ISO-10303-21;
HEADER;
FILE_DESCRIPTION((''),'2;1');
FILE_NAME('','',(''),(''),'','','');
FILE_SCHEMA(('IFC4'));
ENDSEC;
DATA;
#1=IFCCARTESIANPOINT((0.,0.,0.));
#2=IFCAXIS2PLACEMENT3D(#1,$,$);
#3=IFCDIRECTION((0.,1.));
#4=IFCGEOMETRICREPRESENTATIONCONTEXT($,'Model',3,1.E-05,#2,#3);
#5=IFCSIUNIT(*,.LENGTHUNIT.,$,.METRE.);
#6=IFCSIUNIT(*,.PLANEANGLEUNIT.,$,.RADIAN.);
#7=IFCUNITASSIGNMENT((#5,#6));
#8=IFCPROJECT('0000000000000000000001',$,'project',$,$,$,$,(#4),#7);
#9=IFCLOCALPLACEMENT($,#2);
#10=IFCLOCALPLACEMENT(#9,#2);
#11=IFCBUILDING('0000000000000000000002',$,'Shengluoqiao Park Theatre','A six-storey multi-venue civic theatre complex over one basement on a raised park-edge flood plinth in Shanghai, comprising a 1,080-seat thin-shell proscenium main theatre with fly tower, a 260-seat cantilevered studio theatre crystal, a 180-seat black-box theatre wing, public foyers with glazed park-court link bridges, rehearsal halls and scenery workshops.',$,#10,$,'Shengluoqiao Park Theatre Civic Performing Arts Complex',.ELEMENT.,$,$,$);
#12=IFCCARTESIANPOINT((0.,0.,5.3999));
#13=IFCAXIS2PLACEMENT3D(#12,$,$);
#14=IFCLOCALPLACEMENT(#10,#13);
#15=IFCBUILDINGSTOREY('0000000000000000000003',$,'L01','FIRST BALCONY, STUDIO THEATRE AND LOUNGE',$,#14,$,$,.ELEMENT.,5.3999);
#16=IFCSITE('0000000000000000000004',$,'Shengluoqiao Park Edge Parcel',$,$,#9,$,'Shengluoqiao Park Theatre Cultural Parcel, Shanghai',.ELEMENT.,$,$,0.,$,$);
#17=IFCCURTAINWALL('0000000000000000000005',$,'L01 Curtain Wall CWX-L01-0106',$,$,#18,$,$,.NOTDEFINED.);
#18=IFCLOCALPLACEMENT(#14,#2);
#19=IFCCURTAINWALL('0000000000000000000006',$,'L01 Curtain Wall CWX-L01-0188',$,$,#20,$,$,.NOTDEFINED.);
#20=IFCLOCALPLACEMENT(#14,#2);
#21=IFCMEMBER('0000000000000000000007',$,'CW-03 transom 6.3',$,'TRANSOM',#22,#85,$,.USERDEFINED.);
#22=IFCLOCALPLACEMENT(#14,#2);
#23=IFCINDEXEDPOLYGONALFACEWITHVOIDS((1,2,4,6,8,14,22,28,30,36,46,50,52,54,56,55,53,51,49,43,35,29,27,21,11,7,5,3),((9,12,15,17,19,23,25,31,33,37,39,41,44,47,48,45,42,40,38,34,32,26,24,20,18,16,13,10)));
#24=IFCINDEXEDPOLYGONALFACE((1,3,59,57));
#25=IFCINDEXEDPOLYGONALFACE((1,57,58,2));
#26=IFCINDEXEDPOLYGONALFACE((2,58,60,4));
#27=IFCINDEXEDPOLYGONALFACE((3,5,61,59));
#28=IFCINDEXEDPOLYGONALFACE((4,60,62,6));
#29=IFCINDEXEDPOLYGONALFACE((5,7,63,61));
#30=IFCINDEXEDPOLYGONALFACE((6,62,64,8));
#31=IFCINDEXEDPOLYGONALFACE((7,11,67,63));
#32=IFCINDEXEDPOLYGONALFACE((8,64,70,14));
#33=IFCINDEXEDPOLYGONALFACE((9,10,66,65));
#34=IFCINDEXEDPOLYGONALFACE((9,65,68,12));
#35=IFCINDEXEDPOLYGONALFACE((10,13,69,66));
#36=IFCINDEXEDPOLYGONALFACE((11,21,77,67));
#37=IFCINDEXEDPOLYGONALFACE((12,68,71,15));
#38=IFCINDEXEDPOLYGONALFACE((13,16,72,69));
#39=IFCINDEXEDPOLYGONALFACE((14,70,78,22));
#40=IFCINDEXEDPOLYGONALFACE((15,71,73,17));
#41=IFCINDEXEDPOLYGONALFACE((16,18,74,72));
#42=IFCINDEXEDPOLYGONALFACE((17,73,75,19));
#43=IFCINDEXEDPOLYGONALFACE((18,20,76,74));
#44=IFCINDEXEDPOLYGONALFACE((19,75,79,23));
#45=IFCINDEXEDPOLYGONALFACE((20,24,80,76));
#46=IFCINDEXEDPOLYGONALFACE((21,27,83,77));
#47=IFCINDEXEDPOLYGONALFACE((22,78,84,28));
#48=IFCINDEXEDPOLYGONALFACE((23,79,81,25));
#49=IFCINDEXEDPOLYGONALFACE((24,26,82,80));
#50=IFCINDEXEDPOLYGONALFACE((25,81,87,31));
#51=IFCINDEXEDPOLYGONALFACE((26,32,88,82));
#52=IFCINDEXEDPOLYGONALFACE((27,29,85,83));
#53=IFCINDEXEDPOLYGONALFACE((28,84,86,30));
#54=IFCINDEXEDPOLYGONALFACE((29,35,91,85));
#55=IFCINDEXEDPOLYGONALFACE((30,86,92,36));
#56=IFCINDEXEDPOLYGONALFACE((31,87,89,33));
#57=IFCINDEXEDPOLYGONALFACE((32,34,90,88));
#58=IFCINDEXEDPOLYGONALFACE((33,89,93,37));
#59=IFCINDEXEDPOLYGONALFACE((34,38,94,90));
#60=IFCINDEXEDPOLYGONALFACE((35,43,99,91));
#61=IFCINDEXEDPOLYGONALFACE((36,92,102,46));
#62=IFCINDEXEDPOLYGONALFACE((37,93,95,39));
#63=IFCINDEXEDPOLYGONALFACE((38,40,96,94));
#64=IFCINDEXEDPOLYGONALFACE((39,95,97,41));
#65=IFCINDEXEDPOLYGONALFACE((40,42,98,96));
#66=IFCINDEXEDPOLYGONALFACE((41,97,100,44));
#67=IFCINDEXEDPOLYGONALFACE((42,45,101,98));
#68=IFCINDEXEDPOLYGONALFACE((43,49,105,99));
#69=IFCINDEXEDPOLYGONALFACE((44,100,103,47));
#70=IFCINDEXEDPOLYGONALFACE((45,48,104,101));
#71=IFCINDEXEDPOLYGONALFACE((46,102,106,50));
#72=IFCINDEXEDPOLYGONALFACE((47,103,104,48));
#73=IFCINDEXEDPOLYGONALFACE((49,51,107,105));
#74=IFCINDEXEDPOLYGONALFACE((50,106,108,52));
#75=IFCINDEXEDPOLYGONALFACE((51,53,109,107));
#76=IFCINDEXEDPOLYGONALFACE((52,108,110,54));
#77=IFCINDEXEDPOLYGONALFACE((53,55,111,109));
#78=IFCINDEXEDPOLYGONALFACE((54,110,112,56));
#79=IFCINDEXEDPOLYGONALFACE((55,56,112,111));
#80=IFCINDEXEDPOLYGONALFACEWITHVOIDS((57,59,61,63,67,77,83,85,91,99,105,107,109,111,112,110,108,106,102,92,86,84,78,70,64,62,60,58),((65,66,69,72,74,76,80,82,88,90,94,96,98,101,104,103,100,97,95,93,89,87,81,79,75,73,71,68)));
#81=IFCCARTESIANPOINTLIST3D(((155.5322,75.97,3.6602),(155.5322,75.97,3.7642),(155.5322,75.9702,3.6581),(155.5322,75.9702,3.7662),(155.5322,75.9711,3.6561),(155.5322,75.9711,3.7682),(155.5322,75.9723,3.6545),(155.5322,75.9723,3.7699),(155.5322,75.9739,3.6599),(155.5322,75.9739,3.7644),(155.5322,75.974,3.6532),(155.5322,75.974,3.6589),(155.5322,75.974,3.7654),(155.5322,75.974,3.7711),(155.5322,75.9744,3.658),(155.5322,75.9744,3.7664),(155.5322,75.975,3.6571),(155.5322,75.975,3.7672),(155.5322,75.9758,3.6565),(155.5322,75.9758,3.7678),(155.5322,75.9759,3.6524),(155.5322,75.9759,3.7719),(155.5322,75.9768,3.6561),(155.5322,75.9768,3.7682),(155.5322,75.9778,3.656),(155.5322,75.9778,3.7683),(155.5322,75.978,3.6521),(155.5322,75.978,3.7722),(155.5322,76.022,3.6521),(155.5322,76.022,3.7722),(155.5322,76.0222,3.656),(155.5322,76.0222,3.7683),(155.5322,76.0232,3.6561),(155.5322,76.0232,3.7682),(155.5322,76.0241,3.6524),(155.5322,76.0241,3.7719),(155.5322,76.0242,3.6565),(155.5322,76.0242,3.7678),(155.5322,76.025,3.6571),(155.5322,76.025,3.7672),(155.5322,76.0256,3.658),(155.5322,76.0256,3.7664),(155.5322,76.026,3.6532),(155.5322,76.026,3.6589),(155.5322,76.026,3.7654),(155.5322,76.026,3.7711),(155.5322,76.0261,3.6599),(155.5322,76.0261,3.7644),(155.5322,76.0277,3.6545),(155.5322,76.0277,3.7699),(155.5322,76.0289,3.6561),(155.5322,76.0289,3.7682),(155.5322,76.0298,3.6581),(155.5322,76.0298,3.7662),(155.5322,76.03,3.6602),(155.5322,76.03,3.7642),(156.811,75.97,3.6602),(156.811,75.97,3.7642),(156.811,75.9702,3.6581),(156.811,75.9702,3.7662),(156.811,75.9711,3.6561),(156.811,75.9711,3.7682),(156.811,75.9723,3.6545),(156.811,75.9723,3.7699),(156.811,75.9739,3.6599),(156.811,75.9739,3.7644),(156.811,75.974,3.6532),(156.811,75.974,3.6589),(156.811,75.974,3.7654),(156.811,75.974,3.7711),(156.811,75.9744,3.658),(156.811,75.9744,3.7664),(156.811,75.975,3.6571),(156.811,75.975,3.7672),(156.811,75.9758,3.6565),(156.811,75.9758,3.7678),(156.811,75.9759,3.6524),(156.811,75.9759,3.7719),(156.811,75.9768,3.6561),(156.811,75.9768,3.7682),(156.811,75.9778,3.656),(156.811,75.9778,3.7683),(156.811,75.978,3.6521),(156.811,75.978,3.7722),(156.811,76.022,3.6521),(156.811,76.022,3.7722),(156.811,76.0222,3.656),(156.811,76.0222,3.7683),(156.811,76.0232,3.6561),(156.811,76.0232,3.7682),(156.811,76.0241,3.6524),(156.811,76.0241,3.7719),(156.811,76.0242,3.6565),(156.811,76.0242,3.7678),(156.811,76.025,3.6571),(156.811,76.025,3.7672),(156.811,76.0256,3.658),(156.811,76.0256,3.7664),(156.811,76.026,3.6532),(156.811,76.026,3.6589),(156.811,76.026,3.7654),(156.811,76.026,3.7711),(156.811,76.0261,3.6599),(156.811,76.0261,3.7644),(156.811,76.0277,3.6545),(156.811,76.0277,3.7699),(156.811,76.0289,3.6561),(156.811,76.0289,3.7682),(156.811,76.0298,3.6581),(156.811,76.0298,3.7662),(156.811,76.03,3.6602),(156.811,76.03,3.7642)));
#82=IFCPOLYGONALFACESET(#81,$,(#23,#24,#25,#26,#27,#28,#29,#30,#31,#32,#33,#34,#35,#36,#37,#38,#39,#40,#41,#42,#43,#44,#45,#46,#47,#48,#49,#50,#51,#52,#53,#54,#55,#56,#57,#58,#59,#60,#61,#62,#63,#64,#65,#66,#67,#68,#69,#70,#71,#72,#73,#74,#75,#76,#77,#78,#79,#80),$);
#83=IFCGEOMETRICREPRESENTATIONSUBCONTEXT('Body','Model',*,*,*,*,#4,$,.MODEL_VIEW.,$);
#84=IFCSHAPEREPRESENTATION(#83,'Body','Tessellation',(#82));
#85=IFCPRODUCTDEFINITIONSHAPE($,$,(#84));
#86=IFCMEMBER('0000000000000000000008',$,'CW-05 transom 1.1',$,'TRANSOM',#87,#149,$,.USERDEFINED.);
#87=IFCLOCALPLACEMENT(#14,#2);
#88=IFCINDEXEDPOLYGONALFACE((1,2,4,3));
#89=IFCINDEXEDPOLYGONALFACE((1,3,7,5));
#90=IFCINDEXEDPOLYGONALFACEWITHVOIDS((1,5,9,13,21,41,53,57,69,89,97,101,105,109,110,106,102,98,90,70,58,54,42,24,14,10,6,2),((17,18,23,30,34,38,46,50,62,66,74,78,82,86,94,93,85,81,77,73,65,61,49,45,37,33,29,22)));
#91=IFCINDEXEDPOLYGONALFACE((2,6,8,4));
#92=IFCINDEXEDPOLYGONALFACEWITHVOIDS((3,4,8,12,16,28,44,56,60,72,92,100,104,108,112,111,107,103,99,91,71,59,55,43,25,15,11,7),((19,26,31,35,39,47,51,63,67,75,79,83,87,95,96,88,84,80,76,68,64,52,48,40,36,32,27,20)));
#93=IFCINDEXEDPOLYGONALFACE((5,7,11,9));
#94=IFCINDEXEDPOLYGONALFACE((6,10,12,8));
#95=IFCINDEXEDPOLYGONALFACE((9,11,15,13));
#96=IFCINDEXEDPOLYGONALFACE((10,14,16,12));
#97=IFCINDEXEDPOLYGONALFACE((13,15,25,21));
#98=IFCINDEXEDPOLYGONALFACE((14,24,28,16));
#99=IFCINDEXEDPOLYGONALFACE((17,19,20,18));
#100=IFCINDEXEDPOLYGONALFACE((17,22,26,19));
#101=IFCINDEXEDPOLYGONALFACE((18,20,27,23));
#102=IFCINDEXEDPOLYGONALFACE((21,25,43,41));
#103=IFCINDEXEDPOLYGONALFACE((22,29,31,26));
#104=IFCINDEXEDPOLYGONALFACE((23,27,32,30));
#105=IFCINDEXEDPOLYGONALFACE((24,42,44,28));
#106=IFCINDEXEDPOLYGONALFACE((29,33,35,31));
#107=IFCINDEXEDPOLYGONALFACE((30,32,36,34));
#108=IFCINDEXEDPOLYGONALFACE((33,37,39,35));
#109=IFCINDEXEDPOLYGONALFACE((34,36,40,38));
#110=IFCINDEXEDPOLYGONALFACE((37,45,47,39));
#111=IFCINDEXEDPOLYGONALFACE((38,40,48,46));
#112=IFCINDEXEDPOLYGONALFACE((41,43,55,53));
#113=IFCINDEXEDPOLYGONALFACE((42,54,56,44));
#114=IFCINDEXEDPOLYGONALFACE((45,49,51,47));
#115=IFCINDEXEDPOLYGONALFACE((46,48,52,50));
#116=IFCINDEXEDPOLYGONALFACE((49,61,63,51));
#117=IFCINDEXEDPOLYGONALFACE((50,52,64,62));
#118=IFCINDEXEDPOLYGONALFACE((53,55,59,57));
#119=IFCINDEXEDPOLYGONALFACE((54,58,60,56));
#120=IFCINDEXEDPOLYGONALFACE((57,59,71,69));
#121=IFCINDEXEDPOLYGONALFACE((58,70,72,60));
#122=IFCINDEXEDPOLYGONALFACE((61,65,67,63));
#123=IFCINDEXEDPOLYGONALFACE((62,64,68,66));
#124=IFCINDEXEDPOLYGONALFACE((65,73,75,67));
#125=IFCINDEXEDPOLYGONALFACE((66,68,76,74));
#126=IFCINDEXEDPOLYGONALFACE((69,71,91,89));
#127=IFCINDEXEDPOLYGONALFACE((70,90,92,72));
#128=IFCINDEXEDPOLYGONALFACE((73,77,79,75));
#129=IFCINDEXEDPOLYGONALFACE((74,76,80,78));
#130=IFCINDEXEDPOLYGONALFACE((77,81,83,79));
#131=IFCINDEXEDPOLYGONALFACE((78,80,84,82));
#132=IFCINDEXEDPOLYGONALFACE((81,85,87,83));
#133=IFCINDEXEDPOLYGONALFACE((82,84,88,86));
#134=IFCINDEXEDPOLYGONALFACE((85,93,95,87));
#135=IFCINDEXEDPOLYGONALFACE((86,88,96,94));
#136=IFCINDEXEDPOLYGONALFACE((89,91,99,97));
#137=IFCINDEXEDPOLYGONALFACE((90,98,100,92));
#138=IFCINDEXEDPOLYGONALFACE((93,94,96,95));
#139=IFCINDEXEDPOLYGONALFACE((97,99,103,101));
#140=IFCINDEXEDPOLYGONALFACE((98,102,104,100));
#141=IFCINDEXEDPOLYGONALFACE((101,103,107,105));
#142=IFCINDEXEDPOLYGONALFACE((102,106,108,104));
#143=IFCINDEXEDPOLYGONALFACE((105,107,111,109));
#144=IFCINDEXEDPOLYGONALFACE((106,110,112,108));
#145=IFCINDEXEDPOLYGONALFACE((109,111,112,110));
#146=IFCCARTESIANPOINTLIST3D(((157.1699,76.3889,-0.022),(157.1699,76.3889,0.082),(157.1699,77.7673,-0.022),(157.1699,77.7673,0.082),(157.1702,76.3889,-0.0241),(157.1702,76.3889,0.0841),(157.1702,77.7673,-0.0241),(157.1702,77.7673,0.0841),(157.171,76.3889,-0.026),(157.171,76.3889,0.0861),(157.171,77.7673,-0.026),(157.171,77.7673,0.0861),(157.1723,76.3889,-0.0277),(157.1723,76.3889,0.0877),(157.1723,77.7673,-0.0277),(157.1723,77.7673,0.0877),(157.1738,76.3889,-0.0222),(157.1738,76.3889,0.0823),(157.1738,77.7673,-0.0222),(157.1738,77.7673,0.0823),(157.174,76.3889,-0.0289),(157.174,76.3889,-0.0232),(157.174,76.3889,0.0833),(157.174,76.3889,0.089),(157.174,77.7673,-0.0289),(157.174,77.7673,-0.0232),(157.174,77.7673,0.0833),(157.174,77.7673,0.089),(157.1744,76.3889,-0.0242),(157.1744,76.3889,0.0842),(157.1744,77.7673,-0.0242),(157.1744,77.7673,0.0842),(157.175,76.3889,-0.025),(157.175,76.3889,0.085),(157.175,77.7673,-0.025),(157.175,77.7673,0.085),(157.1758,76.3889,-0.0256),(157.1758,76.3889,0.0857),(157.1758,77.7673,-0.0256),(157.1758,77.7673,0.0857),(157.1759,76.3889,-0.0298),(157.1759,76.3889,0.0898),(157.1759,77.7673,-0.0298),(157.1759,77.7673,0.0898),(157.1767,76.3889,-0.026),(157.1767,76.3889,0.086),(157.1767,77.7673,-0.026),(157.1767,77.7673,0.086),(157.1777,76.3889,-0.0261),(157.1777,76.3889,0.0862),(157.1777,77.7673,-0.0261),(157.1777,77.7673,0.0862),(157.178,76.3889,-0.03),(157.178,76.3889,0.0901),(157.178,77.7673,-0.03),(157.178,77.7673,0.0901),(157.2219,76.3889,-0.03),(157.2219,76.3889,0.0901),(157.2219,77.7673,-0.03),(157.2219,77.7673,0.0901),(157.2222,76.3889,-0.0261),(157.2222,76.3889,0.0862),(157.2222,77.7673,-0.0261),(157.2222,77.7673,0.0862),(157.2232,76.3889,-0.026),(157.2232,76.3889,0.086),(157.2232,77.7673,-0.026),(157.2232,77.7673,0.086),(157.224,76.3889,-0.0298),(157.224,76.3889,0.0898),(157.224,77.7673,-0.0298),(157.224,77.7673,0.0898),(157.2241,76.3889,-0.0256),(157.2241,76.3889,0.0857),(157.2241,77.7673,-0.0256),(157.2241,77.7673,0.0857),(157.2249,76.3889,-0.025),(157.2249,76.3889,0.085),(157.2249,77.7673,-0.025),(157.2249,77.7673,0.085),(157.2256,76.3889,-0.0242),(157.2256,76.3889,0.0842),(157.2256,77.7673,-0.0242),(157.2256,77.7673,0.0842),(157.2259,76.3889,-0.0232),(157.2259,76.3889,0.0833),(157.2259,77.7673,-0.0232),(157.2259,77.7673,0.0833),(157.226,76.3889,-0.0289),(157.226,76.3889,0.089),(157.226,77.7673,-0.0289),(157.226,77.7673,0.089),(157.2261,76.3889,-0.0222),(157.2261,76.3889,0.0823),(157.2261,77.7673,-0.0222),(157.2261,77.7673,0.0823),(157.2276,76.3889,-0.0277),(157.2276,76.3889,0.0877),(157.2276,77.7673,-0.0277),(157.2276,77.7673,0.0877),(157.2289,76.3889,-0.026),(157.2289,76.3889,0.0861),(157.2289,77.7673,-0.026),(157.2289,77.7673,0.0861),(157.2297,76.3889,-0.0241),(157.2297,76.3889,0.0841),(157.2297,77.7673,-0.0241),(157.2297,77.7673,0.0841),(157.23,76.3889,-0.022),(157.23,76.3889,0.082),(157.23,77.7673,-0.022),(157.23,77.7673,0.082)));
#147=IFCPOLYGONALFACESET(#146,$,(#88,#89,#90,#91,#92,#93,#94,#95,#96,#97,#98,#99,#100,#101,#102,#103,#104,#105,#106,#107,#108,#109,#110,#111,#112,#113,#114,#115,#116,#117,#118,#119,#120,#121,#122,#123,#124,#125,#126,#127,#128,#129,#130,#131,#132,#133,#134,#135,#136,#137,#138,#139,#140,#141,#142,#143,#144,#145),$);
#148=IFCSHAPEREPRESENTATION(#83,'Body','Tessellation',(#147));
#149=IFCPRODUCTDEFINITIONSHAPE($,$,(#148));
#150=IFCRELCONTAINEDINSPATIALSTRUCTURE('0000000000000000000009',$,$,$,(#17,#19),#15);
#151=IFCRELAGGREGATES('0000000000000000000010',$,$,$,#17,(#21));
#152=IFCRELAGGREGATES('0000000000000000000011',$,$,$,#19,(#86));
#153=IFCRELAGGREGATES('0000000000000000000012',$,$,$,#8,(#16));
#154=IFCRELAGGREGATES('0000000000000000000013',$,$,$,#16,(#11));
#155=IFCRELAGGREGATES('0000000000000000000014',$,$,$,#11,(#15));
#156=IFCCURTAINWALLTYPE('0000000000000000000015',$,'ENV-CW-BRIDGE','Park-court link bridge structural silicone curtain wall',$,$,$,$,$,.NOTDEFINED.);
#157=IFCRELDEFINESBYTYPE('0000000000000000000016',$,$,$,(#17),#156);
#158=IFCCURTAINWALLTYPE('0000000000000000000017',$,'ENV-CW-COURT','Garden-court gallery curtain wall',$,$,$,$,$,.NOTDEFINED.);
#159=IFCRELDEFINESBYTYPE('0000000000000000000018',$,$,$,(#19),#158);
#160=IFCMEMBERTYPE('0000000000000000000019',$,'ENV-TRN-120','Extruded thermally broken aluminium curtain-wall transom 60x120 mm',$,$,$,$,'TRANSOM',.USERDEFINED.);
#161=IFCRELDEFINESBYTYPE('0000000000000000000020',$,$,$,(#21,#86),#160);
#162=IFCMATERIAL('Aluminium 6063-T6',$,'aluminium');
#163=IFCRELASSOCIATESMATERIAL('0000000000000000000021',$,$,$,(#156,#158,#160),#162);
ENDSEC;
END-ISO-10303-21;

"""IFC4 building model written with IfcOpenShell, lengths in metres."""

from ifc_helpers import new_model, si_unit, direction, frame, origin, origin_2d, place, context, subcontext, project, spatial, hollow_rectangle, extrude, material, material_profile, profile_set, type_object, element, aggregate, save


model = new_model("IFC4")

# Units and contexts
model_context = context("Model", 3, precision=1e-05, world=origin(), true_north=direction((0.0, 1.0)))
body_context = subcontext(model_context, "Body", "Model", "MODEL_VIEW")
ifc_project = project(units=[si_unit("LENGTHUNIT", "METRE"), si_unit("PLANEANGLEUNIT", "RADIAN")], contexts=[model_context])

# Site, building, storey
site_placement = place(None, origin())
site = spatial("IfcSite", under=ifc_project, at=site_placement, Name="Shengluoqiao Park Edge Parcel", LongName="Shengluoqiao Park Theatre Cultural Parcel, Shanghai", CompositionType="ELEMENT", RefElevation=0.0)
building_placement = place(site_placement, origin())
building = spatial("IfcBuilding", under=site, at=building_placement, Name="Shengluoqiao Park Theatre", Description="A six-storey multi-venue civic theatre complex over one basement on a raised park-edge flood plinth in Shanghai, comprising a 1,080-seat thin-shell proscenium main theatre with fly tower, a 260-seat cantilevered studio theatre crystal, a 180-seat black-box theatre wing, public foyers with glazed park-court link bridges, rehearsal halls and scenery workshops.", LongName="Shengluoqiao Park Theatre Civic Performing Arts Complex", CompositionType="ELEMENT")
storey_placement = place(building_placement, frame((0.0, 0.0, 5.3999)))
storey = spatial("IfcBuildingStorey", under=building, at=storey_placement, Name="L01", Description="FIRST BALCONY, STUDIO THEATRE AND LOUNGE", CompositionType="ELEMENT", Elevation=5.3999)

# Curtain walls
ifc_material_1 = material(Name="Aluminium 6063-T6", Category="aluminium")
curtain_wall_type_1 = type_object("IfcCurtainWallType", Name="ENV-CW-BRIDGE", Description="Park-court link bridge structural silicone curtain wall", PredefinedType="NOTDEFINED", material=ifc_material_1)
curtain_wall_1_placement = place(storey_placement, origin())
curtain_wall_1 = element("IfcCurtainWall", 1, at=curtain_wall_1_placement, inside=storey, type_object=curtain_wall_type_1, Name="L01 Curtain Wall CWX-L01-0106", PredefinedType="NOTDEFINED")
curtain_wall_type_2 = type_object("IfcCurtainWallType", Name="ENV-CW-COURT", Description="Garden-court gallery curtain wall", PredefinedType="NOTDEFINED", material=ifc_material_1)
curtain_wall_2_placement = place(storey_placement, origin())
curtain_wall_2 = element("IfcCurtainWall", 2, at=curtain_wall_2_placement, inside=storey, type_object=curtain_wall_type_2, Name="L01 Curtain Wall CWX-L01-0188", PredefinedType="NOTDEFINED")

# Members
ifc_material_profile_1 = material_profile(ifc_material_1, hollow_rectangle(XDim=0.0601, YDim=0.1201, WallThickness=0.0039, InnerFilletRadius=0.0039, OuterFilletRadius=0.0081, at=origin_2d()), Name="ALU TRANSOM 120x60x4")
ifc_profile_set_1 = profile_set([ifc_material_profile_1], Name="Aluminium 6063-T6")
member_type_1 = type_object("IfcMemberType", Name="ENV-TRN-120", Description="Extruded thermally broken aluminium curtain-wall transom 60x120 mm", ElementType="TRANSOM", PredefinedType="USERDEFINED", material=ifc_profile_set_1)
member_1_placement = place(storey_placement, frame((155.5322, 76.0, 3.7122), z_axis=(1.0, 0.0, 0.0), x_axis=(0.0, 1.0, 0.0)))
member_1 = element("IfcMember", 3, at=member_1_placement, type_object=member_type_1, Name="CW-03 transom 6.3", ObjectType="TRANSOM", PredefinedType="USERDEFINED", context=body_context, shape_type="SweptSolid", body=[
    extrude(hollow_rectangle(XDim=0.0601, YDim=0.1201, WallThickness=0.0039, InnerFilletRadius=0.0039, OuterFilletRadius=0.0081, at=origin_2d()), origin(), (0.0, 0.0, 1.0), 1.2788),
])
member_2_placement = place(storey_placement, frame((157.2, 76.3889, 0.03), z_axis=(0.0, 1.0, 0.0), x_axis=(-1.0, 0.0, 0.0)))
member_2 = element("IfcMember", 4, at=member_2_placement, type_object=member_type_1, Name="CW-05 transom 1.1", ObjectType="TRANSOM", PredefinedType="USERDEFINED", context=body_context, shape_type="SweptSolid", body=[
    extrude(hollow_rectangle(XDim=0.0601, YDim=0.1201, WallThickness=0.0039, InnerFilletRadius=0.0039, OuterFilletRadius=0.0081, at=origin_2d()), origin(), (0.0, 0.0, 1.0), 1.3784),
])

aggregate(curtain_wall_1, [member_1])
aggregate(curtain_wall_2, [member_2])

save(model, "model.ifc")
